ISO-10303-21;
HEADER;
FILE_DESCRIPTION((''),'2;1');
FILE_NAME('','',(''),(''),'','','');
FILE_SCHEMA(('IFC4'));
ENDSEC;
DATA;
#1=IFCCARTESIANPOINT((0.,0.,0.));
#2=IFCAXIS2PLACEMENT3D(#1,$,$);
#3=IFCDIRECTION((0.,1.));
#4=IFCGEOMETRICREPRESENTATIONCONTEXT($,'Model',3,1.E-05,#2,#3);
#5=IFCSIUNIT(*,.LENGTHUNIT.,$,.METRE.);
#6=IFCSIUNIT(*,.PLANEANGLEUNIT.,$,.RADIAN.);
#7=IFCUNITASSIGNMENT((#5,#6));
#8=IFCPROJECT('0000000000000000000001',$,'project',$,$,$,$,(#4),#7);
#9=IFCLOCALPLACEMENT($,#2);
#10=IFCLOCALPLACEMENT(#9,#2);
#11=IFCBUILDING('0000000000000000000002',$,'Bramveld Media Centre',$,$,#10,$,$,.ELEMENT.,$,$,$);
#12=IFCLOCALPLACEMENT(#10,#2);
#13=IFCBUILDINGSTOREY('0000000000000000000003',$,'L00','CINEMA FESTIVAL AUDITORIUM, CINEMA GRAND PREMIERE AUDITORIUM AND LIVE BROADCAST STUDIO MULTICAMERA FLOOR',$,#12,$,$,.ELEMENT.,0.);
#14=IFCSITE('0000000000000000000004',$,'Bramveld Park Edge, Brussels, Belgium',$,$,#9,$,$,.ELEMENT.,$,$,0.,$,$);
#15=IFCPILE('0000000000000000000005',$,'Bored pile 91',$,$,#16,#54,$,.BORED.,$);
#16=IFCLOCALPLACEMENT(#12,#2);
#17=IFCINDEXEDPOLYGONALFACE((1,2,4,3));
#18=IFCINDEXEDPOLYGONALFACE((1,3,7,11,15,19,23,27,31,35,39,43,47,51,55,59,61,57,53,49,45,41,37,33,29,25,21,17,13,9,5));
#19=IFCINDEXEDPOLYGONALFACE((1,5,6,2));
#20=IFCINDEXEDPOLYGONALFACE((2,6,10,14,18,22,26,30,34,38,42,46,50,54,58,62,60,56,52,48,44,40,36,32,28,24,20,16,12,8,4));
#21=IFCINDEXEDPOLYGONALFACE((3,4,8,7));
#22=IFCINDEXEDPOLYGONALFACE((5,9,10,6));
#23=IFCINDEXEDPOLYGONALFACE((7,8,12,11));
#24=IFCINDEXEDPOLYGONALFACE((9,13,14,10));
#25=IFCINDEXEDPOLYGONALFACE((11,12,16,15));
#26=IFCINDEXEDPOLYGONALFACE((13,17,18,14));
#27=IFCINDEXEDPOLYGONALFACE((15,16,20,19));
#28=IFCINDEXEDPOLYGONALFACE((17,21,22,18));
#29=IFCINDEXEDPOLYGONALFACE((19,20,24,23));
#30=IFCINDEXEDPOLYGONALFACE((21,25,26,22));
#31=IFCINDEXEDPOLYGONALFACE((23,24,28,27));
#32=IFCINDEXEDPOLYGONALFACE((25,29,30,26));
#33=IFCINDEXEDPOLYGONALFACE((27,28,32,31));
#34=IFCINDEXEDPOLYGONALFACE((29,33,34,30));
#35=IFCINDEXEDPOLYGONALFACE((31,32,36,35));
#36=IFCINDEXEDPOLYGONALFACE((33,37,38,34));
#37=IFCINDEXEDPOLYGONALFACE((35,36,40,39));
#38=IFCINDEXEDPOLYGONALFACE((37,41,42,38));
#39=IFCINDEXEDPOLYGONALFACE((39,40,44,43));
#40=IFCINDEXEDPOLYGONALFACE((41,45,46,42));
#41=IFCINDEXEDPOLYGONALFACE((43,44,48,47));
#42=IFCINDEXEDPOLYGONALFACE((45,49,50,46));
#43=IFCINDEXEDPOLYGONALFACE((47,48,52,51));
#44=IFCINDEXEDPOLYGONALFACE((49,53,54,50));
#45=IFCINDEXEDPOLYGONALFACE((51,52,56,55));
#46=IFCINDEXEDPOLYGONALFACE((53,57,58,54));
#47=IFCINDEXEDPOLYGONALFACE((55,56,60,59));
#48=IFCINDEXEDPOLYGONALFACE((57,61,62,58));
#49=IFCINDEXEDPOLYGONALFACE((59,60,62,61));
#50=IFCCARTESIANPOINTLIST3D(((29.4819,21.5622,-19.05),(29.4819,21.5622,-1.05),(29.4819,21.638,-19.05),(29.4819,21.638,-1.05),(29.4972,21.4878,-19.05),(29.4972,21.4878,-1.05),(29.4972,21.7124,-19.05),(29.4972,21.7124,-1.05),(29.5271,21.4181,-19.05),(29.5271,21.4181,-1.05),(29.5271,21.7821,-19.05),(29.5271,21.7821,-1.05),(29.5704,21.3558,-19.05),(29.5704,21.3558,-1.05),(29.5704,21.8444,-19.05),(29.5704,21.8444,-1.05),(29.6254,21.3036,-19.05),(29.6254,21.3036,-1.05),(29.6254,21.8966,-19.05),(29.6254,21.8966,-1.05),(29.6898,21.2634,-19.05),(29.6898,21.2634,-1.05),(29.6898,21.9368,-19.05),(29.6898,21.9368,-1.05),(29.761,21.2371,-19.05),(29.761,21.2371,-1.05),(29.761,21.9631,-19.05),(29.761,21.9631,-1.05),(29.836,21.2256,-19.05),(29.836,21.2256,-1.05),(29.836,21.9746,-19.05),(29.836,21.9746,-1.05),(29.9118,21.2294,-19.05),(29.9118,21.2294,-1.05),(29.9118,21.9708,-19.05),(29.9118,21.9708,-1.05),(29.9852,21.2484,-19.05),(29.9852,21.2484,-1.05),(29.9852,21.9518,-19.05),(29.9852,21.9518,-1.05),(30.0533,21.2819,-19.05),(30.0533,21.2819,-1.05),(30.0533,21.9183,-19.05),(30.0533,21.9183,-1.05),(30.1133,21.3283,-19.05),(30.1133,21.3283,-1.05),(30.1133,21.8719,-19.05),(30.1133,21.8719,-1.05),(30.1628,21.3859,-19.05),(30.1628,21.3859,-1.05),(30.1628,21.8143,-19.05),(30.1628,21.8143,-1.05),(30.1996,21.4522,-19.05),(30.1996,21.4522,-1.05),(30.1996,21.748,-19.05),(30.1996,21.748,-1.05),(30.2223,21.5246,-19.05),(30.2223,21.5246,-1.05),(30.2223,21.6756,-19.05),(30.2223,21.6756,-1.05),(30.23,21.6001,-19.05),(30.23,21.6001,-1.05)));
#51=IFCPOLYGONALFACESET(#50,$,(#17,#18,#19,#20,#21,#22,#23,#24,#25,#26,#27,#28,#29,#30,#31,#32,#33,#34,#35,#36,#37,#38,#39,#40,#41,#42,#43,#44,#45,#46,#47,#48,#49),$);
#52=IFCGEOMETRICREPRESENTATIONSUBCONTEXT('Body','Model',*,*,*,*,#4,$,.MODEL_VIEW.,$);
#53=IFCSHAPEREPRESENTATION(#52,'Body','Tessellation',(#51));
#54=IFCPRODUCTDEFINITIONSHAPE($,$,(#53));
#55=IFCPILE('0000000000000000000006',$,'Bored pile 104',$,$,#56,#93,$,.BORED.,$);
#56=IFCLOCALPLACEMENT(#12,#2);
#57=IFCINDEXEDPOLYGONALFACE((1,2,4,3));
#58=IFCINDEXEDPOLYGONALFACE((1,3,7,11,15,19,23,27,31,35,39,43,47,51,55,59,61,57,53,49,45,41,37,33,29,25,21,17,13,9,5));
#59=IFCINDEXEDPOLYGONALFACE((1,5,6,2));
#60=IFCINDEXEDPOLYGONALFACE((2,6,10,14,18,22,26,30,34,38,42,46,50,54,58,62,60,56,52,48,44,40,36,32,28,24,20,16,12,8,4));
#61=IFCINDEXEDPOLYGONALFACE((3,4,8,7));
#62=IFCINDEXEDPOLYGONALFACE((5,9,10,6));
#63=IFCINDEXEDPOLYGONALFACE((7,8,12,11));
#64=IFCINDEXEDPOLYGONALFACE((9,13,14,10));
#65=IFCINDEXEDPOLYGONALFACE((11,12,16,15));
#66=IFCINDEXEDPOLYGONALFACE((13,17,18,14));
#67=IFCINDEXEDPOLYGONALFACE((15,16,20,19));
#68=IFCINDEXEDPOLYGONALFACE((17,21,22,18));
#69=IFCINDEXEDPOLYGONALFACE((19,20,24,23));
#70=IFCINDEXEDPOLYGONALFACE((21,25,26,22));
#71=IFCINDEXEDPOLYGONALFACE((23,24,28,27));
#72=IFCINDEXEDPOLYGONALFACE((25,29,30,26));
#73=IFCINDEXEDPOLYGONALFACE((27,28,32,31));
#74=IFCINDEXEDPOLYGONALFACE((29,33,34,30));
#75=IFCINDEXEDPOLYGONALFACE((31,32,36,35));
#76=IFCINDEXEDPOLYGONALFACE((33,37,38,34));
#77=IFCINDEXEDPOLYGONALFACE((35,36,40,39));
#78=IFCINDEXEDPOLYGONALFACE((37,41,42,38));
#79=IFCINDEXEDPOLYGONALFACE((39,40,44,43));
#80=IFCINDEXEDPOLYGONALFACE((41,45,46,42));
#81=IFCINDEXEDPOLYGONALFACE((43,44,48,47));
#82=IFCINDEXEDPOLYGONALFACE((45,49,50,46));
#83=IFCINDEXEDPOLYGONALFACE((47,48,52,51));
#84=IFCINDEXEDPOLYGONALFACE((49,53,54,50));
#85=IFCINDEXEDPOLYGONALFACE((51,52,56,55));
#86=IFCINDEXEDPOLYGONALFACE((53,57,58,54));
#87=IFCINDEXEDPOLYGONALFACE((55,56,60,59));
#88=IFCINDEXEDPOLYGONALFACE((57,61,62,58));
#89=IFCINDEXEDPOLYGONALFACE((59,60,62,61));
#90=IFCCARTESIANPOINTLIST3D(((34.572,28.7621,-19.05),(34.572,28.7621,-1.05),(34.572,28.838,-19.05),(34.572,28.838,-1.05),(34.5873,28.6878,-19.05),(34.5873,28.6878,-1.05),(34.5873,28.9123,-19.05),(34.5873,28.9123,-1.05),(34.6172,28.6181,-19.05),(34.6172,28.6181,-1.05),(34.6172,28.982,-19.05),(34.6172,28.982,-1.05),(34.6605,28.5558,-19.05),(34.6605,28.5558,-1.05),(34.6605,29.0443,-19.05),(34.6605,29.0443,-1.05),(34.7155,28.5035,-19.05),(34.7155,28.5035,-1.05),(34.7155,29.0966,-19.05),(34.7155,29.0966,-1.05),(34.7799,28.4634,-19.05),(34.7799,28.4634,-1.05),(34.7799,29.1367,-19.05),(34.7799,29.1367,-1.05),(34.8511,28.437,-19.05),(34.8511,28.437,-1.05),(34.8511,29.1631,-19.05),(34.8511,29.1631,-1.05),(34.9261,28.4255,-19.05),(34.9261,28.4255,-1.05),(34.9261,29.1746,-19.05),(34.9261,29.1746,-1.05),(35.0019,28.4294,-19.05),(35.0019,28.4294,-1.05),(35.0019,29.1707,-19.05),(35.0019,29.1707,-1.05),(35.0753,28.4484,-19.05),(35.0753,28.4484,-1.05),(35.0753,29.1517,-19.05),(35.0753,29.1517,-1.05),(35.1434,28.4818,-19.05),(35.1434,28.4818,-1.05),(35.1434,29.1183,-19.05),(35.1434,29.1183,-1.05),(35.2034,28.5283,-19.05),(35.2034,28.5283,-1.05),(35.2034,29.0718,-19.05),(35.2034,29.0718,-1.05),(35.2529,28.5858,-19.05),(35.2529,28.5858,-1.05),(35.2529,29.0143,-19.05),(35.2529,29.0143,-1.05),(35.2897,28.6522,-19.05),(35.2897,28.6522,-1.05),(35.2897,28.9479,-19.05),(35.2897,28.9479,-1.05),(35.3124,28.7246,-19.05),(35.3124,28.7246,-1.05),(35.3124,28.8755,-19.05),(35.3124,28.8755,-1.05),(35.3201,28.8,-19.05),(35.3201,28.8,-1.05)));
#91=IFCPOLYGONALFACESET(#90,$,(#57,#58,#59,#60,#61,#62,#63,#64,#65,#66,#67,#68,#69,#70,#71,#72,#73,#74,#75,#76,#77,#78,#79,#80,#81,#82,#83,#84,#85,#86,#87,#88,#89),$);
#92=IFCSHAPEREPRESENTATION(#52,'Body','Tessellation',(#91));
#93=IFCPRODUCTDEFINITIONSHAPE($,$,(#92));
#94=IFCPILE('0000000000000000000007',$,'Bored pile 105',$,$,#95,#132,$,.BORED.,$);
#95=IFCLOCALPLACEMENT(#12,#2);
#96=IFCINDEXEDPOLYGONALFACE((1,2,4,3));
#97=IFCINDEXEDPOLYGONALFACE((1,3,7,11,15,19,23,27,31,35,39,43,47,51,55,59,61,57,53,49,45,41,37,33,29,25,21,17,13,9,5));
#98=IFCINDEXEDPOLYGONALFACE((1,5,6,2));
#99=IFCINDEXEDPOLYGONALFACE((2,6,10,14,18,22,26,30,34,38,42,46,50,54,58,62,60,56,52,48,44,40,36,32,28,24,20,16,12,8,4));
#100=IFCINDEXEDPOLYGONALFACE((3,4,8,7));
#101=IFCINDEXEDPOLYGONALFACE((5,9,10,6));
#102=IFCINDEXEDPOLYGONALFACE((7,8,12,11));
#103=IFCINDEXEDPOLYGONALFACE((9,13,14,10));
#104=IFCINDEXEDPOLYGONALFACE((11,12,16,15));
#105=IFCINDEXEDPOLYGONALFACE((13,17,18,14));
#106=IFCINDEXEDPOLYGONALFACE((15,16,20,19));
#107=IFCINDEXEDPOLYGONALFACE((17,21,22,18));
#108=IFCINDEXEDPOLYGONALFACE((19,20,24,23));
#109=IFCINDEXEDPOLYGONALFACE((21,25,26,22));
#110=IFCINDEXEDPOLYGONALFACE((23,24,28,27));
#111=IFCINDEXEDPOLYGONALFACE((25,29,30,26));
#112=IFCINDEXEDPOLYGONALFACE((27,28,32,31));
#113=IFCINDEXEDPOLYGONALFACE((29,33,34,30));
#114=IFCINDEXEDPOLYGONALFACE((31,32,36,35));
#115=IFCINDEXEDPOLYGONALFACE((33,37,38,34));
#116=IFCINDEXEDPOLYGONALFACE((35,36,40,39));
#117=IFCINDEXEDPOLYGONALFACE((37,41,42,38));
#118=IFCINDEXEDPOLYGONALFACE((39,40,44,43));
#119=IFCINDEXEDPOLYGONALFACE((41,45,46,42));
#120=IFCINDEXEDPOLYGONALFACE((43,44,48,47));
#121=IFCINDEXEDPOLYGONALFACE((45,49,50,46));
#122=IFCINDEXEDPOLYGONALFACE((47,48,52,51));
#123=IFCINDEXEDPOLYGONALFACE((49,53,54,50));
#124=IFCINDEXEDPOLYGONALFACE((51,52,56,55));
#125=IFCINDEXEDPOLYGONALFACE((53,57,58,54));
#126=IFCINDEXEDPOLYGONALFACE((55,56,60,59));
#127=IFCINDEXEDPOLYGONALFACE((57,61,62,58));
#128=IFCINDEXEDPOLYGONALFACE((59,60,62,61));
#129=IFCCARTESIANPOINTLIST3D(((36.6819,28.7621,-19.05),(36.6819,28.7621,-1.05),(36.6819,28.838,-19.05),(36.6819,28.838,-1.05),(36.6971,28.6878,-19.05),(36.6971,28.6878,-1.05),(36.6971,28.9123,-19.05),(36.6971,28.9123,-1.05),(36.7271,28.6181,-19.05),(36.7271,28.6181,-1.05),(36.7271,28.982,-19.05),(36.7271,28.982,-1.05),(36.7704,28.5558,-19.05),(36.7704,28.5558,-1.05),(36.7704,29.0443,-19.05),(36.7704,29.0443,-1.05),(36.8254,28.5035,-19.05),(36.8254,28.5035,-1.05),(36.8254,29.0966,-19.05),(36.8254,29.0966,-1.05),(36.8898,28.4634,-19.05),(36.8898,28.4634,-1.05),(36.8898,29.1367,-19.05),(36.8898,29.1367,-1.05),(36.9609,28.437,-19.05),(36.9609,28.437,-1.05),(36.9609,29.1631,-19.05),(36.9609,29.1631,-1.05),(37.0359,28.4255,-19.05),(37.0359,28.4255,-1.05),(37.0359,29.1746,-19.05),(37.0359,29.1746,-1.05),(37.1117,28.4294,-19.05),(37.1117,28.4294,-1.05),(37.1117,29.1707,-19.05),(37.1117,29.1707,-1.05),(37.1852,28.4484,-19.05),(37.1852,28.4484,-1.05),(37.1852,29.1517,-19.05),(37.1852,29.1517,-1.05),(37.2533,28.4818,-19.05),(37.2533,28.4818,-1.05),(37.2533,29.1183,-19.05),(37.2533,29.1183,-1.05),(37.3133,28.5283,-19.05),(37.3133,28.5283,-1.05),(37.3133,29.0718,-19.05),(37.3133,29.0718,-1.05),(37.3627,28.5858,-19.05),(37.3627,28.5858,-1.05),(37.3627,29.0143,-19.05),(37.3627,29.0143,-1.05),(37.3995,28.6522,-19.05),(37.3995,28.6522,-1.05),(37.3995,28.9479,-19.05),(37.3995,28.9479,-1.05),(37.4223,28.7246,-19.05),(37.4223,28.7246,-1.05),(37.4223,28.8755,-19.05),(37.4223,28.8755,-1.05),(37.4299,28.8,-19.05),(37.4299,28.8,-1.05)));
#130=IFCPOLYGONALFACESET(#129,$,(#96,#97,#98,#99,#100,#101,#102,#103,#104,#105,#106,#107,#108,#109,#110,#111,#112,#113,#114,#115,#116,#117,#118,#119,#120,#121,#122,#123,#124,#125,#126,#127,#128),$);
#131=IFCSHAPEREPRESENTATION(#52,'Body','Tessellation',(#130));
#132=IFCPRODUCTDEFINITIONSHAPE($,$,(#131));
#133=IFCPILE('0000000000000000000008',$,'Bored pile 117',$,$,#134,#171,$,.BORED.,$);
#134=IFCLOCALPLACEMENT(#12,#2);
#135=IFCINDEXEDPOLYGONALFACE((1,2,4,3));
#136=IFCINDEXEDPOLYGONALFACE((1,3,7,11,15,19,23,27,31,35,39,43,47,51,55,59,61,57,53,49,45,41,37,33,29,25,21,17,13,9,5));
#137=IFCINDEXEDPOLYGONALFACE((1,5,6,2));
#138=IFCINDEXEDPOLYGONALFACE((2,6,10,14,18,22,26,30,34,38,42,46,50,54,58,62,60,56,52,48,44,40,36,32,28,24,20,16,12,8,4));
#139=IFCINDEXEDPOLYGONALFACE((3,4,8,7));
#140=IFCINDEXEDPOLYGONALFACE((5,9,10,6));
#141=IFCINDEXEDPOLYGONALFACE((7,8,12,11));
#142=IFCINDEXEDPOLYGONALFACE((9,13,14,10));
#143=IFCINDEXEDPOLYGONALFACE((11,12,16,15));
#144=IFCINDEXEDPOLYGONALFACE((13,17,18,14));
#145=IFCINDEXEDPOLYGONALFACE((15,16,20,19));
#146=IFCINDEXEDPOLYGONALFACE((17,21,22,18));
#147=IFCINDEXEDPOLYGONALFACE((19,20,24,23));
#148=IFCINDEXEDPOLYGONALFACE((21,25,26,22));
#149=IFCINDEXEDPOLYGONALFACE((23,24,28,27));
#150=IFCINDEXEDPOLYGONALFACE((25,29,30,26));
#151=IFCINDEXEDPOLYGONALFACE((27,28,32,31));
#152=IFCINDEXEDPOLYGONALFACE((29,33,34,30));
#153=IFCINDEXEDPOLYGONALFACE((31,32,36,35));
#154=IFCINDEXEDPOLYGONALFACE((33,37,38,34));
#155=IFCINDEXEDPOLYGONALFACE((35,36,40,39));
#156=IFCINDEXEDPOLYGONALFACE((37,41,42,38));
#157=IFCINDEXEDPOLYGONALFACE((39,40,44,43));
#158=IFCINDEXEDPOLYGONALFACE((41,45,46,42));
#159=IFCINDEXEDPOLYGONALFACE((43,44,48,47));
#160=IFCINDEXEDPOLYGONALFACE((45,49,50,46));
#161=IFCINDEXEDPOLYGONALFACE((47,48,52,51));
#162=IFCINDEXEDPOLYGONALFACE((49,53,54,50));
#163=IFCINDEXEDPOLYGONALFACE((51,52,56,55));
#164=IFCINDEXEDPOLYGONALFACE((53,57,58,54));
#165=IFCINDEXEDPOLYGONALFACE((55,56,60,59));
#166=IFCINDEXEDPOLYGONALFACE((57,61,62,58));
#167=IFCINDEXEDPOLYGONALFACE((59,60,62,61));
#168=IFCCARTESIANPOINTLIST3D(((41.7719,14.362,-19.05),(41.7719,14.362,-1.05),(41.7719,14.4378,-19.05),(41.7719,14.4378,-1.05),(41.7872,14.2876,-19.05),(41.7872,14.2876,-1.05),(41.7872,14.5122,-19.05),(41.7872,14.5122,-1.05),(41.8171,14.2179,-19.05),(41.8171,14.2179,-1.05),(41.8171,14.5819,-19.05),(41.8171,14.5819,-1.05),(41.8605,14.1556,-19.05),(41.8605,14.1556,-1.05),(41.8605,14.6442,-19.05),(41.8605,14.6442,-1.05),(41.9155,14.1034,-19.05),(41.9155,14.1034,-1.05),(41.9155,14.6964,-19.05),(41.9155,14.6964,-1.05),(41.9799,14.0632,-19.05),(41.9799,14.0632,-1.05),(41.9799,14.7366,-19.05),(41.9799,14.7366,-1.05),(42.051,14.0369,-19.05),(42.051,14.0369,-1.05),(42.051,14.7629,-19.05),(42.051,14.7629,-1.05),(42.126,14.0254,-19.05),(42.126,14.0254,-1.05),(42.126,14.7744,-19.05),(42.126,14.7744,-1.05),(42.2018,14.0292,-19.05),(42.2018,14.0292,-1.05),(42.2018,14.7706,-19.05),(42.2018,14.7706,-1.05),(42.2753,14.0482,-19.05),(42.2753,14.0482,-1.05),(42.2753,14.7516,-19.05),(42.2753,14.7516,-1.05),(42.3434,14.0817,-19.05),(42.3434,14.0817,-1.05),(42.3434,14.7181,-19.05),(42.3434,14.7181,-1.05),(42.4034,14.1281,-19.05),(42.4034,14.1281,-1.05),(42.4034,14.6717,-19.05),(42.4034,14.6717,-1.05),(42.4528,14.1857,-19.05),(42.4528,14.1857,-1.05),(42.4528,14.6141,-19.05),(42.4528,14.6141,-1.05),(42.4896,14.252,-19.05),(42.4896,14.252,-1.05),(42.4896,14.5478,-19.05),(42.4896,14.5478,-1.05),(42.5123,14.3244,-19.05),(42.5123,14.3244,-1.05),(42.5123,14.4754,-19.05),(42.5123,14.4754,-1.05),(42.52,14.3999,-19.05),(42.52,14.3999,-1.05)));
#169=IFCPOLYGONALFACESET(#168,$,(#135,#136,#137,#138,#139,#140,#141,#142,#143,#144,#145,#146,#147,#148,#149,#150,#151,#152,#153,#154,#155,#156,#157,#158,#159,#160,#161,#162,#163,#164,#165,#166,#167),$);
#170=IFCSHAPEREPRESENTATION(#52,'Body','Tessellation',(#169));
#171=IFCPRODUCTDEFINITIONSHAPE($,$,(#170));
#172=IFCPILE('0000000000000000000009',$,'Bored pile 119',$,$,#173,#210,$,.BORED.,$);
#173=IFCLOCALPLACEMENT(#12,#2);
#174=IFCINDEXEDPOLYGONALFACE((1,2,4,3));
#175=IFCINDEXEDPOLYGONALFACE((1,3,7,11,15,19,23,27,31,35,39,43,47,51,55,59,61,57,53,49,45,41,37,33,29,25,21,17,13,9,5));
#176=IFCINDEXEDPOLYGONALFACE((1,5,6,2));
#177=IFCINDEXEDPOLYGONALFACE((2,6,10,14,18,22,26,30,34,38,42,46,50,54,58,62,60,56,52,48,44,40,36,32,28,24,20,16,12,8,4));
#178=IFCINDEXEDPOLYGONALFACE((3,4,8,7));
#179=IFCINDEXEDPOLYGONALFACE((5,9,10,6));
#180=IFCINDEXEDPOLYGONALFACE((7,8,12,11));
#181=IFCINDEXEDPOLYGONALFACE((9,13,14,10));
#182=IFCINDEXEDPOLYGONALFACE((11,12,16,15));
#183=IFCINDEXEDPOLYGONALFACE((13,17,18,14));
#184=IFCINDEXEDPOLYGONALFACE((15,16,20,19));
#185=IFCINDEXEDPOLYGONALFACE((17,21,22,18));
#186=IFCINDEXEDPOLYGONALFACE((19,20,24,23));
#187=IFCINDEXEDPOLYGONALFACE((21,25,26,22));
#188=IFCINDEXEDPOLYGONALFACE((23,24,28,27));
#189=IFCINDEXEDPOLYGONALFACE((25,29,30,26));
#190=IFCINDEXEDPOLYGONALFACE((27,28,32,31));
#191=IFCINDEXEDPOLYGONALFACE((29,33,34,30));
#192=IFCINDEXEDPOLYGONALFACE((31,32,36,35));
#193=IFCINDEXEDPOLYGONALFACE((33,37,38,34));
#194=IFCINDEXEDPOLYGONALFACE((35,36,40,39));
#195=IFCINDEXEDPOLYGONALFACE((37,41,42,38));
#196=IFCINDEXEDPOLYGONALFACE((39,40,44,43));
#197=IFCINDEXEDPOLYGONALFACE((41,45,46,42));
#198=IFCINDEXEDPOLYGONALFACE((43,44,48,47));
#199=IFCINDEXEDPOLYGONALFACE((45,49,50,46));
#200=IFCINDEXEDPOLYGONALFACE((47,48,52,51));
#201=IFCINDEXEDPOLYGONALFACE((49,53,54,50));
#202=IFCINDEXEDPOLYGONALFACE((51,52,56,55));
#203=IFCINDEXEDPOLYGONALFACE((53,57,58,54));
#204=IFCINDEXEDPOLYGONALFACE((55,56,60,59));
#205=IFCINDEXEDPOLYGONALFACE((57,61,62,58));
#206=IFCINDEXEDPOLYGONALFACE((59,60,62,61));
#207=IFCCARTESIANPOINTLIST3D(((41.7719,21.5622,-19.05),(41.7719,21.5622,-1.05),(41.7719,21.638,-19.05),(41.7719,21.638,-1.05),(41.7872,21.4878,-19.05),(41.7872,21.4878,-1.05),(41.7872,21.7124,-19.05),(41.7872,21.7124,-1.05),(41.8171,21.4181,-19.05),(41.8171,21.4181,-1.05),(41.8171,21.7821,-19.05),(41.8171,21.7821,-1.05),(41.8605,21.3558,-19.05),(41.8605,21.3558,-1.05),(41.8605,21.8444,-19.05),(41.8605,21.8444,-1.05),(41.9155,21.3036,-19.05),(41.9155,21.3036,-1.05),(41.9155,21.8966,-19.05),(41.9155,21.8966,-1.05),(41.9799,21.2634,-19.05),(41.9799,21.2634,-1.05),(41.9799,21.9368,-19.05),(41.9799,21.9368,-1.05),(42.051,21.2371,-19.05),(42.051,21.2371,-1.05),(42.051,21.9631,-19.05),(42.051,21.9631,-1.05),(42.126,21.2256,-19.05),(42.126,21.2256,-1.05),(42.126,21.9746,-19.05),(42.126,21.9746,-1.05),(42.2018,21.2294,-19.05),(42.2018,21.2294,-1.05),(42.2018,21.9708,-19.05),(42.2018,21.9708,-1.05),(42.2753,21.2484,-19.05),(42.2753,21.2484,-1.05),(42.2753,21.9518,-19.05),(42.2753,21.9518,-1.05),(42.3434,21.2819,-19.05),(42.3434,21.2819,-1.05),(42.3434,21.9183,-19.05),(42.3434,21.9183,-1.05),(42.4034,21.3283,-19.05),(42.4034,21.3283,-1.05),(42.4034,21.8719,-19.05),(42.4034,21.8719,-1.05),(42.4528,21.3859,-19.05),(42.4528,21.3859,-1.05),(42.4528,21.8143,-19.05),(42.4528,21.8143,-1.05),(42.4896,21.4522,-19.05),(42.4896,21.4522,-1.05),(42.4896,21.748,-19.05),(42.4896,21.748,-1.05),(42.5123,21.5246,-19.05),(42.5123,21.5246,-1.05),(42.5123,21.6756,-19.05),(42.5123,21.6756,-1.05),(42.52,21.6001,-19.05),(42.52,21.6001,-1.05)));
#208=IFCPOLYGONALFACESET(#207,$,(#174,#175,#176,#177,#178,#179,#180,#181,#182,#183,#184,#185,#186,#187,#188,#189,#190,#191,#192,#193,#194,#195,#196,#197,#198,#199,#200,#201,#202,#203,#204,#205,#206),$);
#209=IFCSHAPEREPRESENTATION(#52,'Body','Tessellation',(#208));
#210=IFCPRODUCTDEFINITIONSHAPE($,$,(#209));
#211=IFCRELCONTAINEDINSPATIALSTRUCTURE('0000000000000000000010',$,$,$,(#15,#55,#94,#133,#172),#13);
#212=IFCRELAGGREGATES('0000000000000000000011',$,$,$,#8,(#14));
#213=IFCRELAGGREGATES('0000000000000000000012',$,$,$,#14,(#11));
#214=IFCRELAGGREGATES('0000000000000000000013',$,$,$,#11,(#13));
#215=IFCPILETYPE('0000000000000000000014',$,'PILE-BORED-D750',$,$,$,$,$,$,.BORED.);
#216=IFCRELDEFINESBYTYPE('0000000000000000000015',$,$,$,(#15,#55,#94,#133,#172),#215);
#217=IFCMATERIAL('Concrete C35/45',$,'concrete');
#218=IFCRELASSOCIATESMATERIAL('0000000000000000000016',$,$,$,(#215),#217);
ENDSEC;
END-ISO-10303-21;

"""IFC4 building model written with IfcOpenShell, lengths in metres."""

from ifc_helpers import new_model, si_unit, direction, frame, origin, origin_2d, place, context, subcontext, project, spatial, circle, extrude, material, material_profile, profile_set, type_object, element, save


model = new_model("IFC4")

# Units and contexts
model_context = context("Model", 3, precision=1e-05, world=origin(), true_north=direction((0.0, 1.0)))
body_context = subcontext(model_context, "Body", "Model", "MODEL_VIEW")
ifc_project = project(units=[si_unit("LENGTHUNIT", "METRE"), si_unit("PLANEANGLEUNIT", "RADIAN")], contexts=[model_context])

# Site, building, storey
site_placement = place(None, origin())
site = spatial("IfcSite", under=ifc_project, at=site_placement, Name="Bramveld Park Edge, Brussels, Belgium", CompositionType="ELEMENT", RefElevation=0.0)
building_placement = place(site_placement, origin())
building = spatial("IfcBuilding", under=site, at=building_placement, Name="Bramveld Media Centre", CompositionType="ELEMENT")
storey_placement = place(building_placement, origin())
storey = spatial("IfcBuildingStorey", under=building, at=storey_placement, Name="L00", Description="CINEMA FESTIVAL AUDITORIUM, CINEMA GRAND PREMIERE AUDITORIUM AND LIVE BROADCAST STUDIO MULTICAMERA FLOOR", CompositionType="ELEMENT", Elevation=0.0)

# Piles
ifc_material_1 = material(Name="Concrete C35/45", Category="concrete")
ifc_material_profile_1 = material_profile(ifc_material_1, circle(Radius=0.375, at=origin_2d()), Name="BORED D750")
ifc_profile_set_1 = profile_set([ifc_material_profile_1], Name="Concrete C35/45")
pile_type_1 = type_object("IfcPileType", Name="PILE-BORED-D750", PredefinedType="BORED", material=ifc_profile_set_1)
for number, where, z_axis, x_axis, name in (
    (1, (29.855, 21.6001, -1.05), (0.0, 0.0, -1.0), (1.0, 0.0, 0.0), "Bored pile 91"),
    (2, (34.9451, 28.8, -1.05), (0.0, 0.0, -1.0), (1.0, 0.0, 0.0), "Bored pile 104"),
    (3, (37.0549, 28.8, -1.05), (0.0, 0.0, -1.0), (1.0, 0.0, 0.0), "Bored pile 105"),
    (4, (42.145, 14.3999, -1.05), (0.0, 0.0, -1.0), (1.0, 0.0, 0.0), "Bored pile 117"),
    (5, (42.145, 21.6001, -1.05), (0.0, 0.0, -1.0), (1.0, 0.0, 0.0), "Bored pile 119"),
):
    element("IfcPile", number, at=place(storey_placement, frame(where, z_axis=z_axis, x_axis=x_axis)), inside=storey, type_object=pile_type_1, Name=name, PredefinedType="BORED", context=body_context, shape_type="SweptSolid", body=[
        extrude(circle(Radius=0.375, at=origin_2d()), origin(), (0.0, 0.0, 1.0), 18.0),
    ])

save(model, "model.ifc")
